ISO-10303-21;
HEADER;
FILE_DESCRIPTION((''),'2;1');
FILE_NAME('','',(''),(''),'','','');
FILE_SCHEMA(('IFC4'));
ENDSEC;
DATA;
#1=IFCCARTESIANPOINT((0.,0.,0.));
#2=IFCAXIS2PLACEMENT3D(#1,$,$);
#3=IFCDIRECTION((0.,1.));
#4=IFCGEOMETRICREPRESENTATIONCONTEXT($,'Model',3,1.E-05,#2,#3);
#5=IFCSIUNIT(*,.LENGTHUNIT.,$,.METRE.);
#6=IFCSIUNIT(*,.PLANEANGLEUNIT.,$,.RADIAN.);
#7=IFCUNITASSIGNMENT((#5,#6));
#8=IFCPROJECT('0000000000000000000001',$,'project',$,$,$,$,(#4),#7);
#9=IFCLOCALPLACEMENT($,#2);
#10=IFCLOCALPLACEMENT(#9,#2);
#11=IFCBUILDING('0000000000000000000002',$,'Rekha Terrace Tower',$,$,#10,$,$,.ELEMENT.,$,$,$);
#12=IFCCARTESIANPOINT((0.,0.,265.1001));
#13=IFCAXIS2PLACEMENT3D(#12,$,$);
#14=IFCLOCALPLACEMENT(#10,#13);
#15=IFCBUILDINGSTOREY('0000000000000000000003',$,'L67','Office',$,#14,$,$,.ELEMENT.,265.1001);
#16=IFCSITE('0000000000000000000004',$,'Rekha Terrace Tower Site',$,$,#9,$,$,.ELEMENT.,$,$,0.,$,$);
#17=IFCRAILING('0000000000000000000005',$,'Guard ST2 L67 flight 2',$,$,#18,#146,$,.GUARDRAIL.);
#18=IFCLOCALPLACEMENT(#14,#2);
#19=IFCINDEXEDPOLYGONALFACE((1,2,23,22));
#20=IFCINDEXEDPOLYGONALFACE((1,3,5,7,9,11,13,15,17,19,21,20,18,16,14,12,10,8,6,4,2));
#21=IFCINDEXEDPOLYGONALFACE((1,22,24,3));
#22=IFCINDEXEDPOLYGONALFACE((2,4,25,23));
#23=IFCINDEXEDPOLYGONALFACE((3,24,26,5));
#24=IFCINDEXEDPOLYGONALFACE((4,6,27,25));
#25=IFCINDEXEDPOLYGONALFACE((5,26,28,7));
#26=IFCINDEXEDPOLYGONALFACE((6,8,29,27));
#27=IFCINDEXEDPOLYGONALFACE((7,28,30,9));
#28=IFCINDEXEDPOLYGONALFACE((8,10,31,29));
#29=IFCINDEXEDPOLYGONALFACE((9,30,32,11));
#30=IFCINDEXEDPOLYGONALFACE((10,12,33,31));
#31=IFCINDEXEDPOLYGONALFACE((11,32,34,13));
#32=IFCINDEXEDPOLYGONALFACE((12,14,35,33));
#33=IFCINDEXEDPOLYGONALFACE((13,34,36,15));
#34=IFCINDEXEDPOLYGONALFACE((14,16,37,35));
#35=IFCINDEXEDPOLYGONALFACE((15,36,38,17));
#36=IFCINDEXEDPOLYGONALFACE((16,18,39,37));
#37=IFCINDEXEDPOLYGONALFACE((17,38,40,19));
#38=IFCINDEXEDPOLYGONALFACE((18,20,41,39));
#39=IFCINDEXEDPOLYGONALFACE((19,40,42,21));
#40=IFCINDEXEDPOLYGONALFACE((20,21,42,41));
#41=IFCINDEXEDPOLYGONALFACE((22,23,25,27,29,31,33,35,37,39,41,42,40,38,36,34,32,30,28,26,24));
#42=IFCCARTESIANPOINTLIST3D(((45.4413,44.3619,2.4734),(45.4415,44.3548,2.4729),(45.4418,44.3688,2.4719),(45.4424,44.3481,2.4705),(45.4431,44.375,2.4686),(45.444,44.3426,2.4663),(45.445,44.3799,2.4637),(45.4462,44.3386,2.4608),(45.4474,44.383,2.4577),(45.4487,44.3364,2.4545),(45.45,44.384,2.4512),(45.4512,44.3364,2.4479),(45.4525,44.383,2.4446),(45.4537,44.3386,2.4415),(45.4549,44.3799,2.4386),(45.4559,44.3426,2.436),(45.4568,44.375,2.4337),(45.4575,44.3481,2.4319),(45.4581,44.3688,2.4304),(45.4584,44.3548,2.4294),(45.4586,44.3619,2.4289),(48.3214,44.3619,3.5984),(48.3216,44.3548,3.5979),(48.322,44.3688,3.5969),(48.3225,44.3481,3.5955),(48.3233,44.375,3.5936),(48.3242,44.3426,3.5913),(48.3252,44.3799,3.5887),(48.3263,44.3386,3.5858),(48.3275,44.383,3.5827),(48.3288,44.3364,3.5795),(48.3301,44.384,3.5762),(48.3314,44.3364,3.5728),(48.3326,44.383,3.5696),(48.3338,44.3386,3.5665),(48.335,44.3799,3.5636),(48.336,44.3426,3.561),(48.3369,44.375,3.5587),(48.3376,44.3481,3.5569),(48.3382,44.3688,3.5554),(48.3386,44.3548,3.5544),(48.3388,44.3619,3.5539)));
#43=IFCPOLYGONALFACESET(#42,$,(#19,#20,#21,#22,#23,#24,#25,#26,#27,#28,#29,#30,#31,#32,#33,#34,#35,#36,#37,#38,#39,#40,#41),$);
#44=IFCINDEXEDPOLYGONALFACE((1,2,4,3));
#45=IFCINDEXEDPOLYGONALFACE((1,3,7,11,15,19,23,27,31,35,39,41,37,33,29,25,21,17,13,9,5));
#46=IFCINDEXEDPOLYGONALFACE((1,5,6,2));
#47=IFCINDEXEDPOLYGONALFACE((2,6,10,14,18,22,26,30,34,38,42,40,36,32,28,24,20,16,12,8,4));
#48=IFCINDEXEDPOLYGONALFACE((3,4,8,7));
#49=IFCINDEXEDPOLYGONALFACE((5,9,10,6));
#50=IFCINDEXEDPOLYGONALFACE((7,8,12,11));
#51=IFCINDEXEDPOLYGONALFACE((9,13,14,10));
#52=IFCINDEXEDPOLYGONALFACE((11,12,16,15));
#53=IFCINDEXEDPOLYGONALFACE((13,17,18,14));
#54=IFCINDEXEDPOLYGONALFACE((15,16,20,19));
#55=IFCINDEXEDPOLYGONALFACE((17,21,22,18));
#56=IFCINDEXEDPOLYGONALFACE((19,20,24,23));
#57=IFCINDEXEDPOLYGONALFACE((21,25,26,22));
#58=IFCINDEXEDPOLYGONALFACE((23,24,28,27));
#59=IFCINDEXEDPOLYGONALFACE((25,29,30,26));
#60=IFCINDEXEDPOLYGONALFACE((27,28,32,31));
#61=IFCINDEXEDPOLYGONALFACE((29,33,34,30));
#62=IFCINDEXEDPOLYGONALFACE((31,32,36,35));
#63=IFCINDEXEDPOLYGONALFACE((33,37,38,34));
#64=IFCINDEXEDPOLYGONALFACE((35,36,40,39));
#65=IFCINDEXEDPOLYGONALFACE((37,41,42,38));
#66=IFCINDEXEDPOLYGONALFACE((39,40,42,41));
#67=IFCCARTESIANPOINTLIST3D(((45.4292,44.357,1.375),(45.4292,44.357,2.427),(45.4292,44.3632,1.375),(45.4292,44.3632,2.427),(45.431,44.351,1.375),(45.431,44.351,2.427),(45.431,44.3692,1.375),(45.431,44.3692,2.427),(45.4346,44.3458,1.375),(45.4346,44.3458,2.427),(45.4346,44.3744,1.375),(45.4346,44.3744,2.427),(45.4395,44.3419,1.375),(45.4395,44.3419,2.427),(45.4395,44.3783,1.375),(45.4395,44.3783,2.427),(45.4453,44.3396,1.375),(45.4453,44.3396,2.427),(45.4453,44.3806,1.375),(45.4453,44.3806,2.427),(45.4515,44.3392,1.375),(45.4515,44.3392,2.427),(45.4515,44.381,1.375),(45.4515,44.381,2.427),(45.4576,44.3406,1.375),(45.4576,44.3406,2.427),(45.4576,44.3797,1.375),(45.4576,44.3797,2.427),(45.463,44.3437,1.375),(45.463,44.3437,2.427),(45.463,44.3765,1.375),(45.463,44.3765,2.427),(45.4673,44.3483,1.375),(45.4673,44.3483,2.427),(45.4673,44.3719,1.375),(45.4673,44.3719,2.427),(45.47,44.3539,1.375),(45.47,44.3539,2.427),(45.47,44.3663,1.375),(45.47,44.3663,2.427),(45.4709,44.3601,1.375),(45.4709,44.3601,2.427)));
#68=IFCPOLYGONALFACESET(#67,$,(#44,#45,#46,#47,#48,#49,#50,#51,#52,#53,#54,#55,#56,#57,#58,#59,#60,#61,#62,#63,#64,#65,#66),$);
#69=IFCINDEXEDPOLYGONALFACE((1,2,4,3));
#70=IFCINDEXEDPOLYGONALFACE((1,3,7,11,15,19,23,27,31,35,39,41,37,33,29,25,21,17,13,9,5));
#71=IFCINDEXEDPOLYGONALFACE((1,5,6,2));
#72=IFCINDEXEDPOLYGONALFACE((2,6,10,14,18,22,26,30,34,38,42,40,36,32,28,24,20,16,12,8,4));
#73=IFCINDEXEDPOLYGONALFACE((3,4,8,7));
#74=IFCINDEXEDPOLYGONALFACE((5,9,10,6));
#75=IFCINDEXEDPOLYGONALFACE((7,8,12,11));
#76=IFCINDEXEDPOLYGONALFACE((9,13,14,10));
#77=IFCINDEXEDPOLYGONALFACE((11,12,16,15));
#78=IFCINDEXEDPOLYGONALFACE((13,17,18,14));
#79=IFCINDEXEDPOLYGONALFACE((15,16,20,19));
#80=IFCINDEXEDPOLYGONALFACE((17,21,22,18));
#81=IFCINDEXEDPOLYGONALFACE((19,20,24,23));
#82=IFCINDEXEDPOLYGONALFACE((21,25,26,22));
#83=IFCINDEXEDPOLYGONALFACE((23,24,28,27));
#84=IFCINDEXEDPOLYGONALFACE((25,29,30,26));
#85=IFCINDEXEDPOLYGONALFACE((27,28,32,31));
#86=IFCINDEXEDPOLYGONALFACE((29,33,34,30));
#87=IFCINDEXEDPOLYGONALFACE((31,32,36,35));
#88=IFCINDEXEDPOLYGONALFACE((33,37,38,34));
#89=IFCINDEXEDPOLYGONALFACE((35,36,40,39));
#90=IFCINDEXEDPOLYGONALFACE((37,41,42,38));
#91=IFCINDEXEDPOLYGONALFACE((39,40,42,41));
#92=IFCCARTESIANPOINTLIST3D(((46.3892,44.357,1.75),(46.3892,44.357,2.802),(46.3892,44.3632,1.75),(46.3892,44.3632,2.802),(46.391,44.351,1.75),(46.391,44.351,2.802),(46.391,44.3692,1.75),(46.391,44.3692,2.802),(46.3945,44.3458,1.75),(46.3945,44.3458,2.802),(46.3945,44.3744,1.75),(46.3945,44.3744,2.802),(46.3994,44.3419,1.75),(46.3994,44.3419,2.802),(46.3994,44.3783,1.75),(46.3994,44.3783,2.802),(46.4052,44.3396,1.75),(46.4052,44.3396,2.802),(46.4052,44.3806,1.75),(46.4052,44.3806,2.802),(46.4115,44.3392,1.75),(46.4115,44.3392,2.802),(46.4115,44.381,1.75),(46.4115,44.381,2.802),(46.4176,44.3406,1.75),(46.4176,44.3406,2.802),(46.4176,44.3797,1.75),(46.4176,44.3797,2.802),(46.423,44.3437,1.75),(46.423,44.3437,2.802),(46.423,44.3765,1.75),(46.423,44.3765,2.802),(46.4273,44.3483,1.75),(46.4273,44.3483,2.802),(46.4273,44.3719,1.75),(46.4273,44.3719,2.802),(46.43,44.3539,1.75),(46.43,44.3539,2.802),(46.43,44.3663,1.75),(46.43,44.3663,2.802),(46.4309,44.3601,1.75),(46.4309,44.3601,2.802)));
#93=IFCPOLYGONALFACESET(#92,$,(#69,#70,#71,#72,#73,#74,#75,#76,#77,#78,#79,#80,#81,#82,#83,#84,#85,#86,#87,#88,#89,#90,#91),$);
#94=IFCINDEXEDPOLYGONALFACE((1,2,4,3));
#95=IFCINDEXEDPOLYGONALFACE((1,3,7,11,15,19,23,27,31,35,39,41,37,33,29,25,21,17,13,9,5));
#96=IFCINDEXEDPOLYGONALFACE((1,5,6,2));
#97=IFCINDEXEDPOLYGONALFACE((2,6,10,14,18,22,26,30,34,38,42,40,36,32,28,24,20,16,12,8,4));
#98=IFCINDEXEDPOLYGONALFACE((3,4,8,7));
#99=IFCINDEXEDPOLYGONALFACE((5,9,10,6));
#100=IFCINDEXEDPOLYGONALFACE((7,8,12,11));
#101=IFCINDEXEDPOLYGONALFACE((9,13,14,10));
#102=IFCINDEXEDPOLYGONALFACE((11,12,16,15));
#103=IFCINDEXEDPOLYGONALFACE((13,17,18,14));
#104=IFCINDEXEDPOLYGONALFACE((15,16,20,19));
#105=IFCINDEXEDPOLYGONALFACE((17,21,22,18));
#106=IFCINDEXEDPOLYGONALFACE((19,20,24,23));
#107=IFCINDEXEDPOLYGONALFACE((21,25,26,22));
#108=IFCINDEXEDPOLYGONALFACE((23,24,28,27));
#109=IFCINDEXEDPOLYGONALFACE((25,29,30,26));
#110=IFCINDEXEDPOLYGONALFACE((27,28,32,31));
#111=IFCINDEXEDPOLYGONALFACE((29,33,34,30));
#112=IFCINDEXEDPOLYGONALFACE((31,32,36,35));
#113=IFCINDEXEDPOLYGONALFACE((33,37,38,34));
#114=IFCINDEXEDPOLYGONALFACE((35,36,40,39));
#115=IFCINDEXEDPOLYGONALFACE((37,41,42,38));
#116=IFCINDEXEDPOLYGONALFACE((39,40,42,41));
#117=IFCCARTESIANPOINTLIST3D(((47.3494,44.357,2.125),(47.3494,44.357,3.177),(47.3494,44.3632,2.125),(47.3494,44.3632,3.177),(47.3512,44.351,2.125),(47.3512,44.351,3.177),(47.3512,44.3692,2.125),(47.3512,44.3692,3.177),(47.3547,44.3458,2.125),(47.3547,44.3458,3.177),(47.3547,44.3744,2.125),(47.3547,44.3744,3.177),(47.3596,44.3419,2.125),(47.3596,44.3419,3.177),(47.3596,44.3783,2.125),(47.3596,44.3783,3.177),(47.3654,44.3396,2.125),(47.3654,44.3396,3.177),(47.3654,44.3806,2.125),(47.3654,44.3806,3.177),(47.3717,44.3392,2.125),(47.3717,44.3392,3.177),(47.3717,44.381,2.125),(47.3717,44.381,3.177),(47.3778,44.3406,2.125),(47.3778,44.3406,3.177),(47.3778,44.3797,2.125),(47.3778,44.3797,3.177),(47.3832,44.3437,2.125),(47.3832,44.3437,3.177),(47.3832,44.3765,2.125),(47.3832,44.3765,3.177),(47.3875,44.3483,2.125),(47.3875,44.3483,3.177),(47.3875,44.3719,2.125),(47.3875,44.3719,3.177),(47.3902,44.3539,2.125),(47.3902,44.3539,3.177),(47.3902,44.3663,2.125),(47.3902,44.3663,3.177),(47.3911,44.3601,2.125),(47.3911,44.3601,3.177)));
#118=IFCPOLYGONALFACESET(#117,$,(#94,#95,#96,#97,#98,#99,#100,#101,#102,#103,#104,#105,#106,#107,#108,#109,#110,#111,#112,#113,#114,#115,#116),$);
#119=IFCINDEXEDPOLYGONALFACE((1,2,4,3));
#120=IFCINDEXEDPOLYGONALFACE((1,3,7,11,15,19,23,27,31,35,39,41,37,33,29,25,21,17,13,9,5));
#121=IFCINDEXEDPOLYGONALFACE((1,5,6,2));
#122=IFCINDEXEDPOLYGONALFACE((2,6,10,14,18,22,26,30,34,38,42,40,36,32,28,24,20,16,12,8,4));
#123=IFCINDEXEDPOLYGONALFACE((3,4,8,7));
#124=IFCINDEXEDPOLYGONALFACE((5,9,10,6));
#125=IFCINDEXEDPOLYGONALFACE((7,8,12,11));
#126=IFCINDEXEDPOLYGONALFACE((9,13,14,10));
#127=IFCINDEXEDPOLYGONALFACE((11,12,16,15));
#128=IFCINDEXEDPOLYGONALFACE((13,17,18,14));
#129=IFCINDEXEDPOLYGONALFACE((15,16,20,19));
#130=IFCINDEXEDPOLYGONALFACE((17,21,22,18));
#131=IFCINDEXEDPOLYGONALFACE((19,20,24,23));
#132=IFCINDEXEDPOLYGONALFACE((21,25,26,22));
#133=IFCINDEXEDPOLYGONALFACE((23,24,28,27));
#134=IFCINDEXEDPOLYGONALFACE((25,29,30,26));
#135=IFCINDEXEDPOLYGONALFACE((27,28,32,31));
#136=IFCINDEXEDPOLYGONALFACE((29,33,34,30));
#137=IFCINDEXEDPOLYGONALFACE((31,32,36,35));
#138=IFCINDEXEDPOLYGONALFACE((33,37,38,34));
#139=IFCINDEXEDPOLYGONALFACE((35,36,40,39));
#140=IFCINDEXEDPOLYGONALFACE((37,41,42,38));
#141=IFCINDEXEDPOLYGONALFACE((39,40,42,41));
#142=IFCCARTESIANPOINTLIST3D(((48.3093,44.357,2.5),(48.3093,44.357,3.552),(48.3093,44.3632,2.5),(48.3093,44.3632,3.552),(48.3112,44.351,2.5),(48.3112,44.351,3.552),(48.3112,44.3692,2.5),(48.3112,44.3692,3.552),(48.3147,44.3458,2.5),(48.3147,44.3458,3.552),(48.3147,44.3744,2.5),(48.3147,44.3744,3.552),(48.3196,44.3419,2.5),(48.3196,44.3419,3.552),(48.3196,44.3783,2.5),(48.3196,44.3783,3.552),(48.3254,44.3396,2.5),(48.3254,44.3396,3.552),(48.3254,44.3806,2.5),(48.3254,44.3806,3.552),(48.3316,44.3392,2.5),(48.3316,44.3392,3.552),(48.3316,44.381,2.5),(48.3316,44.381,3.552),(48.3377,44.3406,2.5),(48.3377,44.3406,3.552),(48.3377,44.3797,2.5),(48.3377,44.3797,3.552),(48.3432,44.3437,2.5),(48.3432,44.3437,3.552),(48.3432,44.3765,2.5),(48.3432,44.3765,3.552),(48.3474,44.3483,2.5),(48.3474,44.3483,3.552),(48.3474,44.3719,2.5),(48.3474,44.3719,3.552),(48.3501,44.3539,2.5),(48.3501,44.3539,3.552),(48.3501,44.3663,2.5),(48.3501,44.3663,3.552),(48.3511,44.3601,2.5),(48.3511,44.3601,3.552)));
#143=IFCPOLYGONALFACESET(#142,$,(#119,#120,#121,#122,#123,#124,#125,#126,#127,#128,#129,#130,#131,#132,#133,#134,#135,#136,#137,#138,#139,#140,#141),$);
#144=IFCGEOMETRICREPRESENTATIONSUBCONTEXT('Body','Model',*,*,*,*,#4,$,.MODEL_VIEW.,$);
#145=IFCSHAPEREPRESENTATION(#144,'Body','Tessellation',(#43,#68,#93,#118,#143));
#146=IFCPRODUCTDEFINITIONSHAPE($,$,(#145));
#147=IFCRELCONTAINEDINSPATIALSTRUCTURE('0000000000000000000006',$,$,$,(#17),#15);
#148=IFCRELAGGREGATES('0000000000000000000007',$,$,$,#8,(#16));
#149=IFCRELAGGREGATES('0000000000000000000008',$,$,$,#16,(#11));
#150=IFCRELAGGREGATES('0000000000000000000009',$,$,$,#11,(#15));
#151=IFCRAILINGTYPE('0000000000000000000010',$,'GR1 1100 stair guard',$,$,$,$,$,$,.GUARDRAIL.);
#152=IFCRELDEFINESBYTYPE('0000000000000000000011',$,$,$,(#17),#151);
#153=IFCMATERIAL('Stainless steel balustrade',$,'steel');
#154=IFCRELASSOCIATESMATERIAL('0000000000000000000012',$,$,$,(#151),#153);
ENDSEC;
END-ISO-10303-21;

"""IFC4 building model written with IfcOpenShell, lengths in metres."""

from ifc_helpers import new_model, si_unit, direction, frame, origin, origin_2d, place, context, subcontext, project, spatial, circle, extrude, material, type_object, element, save


model = new_model("IFC4")

# Units and contexts
model_context = context("Model", 3, precision=1e-05, world=origin(), true_north=direction((0.0, 1.0)))
body_context = subcontext(model_context, "Body", "Model", "MODEL_VIEW")
ifc_project = project(units=[si_unit("LENGTHUNIT", "METRE"), si_unit("PLANEANGLEUNIT", "RADIAN")], contexts=[model_context])

# Site, building, storey
site_placement = place(None, origin())
site = spatial("IfcSite", under=ifc_project, at=site_placement, Name="Rekha Terrace Tower Site", CompositionType="ELEMENT", RefElevation=0.0)
building_placement = place(site_placement, origin())
building = spatial("IfcBuilding", under=site, at=building_placement, Name="Rekha Terrace Tower", CompositionType="ELEMENT")
storey_placement = place(building_placement, frame((0.0, 0.0, 265.1001)))
storey = spatial("IfcBuildingStorey", under=building, at=storey_placement, Name="L67", Description="Office", CompositionType="ELEMENT", Elevation=265.1001)

# Railing
ifc_material_1 = material(Name="Stainless steel balustrade", Category="steel")
railing_type_1 = type_object("IfcRailingType", Name="GR1 1100 stair guard", PredefinedType="GUARDRAIL", material=ifc_material_1)
railing_1_placement = place(storey_placement, frame((45.45, 44.3601, 1.375)))
element("IfcRailing", 1, at=railing_1_placement, inside=storey, type_object=railing_type_1, Name="Guard ST2 L67 flight 2", PredefinedType="GUARDRAIL", context=body_context, shape_type="SweptSolid", body=[
    extrude(circle(Radius=0.0239, at=origin_2d()), frame((0.0, 0.0, 1.0762), z_axis=(0.931463, 0.0, 0.363837), x_axis=(0.0, 1.0, 0.0)), (0.0, 0.0, 1.0), 3.092),
    extrude(circle(Radius=0.021, at=origin_2d()), origin(), (0.0, 0.0, 1.0), 1.052),
    extrude(circle(Radius=0.021, at=origin_2d()), frame((0.96, 0.0, 0.375)), (0.0, 0.0, 1.0), 1.052),
    extrude(circle(Radius=0.021, at=origin_2d()), frame((1.9202, 0.0, 0.75)), (0.0, 0.0, 1.0), 1.052),
    extrude(circle(Radius=0.021, at=origin_2d()), frame((2.8801, 0.0, 1.125)), (0.0, 0.0, 1.0), 1.052),
])

save(model, "model.ifc")
